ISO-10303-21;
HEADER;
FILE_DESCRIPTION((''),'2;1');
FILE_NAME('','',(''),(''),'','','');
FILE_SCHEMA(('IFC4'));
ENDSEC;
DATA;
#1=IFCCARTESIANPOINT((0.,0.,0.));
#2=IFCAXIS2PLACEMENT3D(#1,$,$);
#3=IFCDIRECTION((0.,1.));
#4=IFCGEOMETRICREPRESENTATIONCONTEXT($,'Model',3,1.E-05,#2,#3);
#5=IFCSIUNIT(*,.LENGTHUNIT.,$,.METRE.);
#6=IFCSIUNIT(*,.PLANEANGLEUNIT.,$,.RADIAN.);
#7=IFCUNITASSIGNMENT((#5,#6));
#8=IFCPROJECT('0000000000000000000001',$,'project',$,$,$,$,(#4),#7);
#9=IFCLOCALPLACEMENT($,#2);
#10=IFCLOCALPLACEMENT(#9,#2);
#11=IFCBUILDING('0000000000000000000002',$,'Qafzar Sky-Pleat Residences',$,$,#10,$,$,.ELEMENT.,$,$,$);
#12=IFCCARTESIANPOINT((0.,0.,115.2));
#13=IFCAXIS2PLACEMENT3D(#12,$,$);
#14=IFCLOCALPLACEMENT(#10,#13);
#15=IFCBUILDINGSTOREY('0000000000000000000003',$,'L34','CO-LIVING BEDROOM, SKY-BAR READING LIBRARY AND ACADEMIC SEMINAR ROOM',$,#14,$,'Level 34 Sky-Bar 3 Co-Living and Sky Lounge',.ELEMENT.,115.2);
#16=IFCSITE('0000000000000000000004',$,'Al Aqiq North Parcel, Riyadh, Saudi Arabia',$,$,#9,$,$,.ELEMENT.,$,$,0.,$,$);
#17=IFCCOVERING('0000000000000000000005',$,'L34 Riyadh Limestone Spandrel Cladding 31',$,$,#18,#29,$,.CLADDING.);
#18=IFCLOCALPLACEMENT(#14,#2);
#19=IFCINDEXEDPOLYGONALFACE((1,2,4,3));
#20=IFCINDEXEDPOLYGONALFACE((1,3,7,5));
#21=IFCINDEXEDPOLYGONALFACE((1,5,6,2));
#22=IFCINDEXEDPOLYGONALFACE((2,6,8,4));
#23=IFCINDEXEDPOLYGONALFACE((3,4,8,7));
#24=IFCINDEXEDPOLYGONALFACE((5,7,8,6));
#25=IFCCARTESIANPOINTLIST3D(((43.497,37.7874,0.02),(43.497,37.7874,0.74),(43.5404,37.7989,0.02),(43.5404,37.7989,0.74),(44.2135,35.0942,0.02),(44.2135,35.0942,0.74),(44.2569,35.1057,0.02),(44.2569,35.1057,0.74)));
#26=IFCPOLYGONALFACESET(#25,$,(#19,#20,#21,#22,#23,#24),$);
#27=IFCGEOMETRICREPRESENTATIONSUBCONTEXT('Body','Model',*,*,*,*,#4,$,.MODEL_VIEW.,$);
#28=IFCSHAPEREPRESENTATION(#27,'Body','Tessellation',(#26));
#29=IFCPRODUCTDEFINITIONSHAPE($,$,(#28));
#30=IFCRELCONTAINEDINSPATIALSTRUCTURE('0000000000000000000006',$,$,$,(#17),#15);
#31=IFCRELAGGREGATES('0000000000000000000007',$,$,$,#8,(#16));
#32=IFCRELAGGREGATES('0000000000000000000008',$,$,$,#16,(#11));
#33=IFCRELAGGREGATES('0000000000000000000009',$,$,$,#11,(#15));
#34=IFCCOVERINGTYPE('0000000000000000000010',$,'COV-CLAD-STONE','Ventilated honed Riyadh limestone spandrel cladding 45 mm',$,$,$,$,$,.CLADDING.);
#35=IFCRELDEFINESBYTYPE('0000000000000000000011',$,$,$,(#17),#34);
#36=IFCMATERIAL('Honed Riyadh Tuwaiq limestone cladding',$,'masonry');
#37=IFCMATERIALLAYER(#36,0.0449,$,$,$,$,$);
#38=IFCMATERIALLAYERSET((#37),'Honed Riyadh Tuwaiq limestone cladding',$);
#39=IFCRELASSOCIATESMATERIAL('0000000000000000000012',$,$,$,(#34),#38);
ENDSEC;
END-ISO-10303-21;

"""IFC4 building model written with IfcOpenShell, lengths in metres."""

from ifc_helpers import new_model, si_unit, direction, frame, origin, origin_2d, place, context, subcontext, project, spatial, rectangle, extrude, source, transform, mapped, material, layer, layer_set, type_object, element, save


model = new_model("IFC4")

# Units and contexts
model_context = context("Model", 3, precision=1e-05, world=origin(), true_north=direction((0.0, 1.0)))
body_context = subcontext(model_context, "Body", "Model", "MODEL_VIEW")
ifc_project = project(units=[si_unit("LENGTHUNIT", "METRE"), si_unit("PLANEANGLEUNIT", "RADIAN")], contexts=[model_context])

# Site, building, storey
site_placement = place(None, origin())
site = spatial("IfcSite", under=ifc_project, at=site_placement, Name="Al Aqiq North Parcel, Riyadh, Saudi Arabia", CompositionType="ELEMENT", RefElevation=0.0)
building_placement = place(site_placement, origin())
building = spatial("IfcBuilding", under=site, at=building_placement, Name="Qafzar Sky-Pleat Residences", CompositionType="ELEMENT")
storey_placement = place(building_placement, frame((0.0, 0.0, 115.2)))
storey = spatial("IfcBuildingStorey", under=building, at=storey_placement, Name="L34", Description="CO-LIVING BEDROOM, SKY-BAR READING LIBRARY AND ACADEMIC SEMINAR ROOM", LongName="Level 34 Sky-Bar 3 Co-Living and Sky Lounge", CompositionType="ELEMENT", Elevation=115.2)

# Covering
ifc_material_1 = material(Name="Honed Riyadh Tuwaiq limestone cladding", Category="masonry")
ifc_layer_1 = layer(ifc_material_1, 0.0449)
ifc_layer_set_1 = layer_set([ifc_layer_1], Name="Honed Riyadh Tuwaiq limestone cladding")
covering_type = type_object("IfcCoveringType", Name="COV-CLAD-STONE", Description="Ventilated honed Riyadh limestone spandrel cladding 45 mm", PredefinedType="CLADDING", material=ifc_layer_set_1)
shared_shape_1 = source(origin(), body_context, "Body", "SweptSolid", [
    extrude(rectangle(XDim=2.7869, YDim=0.0449, at=origin_2d()), origin(), (0.0, 0.0, 1.0), 0.72),
])
covering_1_placement = place(storey_placement, frame((43.877, 36.4465, 0.02), z_axis=(0.0, 0.0, 1.0), x_axis=(-0.25709, 0.966388, 0.0)))
element("IfcCovering", 1, at=covering_1_placement, inside=storey, type_object=covering_type, Name="L34 Riyadh Limestone Spandrel Cladding 31", PredefinedType="CLADDING", context=body_context, shape_type="MappedRepresentation", body=[
    mapped(shared_shape_1, transform((0.0, 0.0, 0.0), x_axis=(1.0, 0.0, 0.0), y_axis=(0.0, 1.0, 0.0), z_axis=(0.0, 0.0, 1.0), scale=1.0)),
])

save(model, "model.ifc")
